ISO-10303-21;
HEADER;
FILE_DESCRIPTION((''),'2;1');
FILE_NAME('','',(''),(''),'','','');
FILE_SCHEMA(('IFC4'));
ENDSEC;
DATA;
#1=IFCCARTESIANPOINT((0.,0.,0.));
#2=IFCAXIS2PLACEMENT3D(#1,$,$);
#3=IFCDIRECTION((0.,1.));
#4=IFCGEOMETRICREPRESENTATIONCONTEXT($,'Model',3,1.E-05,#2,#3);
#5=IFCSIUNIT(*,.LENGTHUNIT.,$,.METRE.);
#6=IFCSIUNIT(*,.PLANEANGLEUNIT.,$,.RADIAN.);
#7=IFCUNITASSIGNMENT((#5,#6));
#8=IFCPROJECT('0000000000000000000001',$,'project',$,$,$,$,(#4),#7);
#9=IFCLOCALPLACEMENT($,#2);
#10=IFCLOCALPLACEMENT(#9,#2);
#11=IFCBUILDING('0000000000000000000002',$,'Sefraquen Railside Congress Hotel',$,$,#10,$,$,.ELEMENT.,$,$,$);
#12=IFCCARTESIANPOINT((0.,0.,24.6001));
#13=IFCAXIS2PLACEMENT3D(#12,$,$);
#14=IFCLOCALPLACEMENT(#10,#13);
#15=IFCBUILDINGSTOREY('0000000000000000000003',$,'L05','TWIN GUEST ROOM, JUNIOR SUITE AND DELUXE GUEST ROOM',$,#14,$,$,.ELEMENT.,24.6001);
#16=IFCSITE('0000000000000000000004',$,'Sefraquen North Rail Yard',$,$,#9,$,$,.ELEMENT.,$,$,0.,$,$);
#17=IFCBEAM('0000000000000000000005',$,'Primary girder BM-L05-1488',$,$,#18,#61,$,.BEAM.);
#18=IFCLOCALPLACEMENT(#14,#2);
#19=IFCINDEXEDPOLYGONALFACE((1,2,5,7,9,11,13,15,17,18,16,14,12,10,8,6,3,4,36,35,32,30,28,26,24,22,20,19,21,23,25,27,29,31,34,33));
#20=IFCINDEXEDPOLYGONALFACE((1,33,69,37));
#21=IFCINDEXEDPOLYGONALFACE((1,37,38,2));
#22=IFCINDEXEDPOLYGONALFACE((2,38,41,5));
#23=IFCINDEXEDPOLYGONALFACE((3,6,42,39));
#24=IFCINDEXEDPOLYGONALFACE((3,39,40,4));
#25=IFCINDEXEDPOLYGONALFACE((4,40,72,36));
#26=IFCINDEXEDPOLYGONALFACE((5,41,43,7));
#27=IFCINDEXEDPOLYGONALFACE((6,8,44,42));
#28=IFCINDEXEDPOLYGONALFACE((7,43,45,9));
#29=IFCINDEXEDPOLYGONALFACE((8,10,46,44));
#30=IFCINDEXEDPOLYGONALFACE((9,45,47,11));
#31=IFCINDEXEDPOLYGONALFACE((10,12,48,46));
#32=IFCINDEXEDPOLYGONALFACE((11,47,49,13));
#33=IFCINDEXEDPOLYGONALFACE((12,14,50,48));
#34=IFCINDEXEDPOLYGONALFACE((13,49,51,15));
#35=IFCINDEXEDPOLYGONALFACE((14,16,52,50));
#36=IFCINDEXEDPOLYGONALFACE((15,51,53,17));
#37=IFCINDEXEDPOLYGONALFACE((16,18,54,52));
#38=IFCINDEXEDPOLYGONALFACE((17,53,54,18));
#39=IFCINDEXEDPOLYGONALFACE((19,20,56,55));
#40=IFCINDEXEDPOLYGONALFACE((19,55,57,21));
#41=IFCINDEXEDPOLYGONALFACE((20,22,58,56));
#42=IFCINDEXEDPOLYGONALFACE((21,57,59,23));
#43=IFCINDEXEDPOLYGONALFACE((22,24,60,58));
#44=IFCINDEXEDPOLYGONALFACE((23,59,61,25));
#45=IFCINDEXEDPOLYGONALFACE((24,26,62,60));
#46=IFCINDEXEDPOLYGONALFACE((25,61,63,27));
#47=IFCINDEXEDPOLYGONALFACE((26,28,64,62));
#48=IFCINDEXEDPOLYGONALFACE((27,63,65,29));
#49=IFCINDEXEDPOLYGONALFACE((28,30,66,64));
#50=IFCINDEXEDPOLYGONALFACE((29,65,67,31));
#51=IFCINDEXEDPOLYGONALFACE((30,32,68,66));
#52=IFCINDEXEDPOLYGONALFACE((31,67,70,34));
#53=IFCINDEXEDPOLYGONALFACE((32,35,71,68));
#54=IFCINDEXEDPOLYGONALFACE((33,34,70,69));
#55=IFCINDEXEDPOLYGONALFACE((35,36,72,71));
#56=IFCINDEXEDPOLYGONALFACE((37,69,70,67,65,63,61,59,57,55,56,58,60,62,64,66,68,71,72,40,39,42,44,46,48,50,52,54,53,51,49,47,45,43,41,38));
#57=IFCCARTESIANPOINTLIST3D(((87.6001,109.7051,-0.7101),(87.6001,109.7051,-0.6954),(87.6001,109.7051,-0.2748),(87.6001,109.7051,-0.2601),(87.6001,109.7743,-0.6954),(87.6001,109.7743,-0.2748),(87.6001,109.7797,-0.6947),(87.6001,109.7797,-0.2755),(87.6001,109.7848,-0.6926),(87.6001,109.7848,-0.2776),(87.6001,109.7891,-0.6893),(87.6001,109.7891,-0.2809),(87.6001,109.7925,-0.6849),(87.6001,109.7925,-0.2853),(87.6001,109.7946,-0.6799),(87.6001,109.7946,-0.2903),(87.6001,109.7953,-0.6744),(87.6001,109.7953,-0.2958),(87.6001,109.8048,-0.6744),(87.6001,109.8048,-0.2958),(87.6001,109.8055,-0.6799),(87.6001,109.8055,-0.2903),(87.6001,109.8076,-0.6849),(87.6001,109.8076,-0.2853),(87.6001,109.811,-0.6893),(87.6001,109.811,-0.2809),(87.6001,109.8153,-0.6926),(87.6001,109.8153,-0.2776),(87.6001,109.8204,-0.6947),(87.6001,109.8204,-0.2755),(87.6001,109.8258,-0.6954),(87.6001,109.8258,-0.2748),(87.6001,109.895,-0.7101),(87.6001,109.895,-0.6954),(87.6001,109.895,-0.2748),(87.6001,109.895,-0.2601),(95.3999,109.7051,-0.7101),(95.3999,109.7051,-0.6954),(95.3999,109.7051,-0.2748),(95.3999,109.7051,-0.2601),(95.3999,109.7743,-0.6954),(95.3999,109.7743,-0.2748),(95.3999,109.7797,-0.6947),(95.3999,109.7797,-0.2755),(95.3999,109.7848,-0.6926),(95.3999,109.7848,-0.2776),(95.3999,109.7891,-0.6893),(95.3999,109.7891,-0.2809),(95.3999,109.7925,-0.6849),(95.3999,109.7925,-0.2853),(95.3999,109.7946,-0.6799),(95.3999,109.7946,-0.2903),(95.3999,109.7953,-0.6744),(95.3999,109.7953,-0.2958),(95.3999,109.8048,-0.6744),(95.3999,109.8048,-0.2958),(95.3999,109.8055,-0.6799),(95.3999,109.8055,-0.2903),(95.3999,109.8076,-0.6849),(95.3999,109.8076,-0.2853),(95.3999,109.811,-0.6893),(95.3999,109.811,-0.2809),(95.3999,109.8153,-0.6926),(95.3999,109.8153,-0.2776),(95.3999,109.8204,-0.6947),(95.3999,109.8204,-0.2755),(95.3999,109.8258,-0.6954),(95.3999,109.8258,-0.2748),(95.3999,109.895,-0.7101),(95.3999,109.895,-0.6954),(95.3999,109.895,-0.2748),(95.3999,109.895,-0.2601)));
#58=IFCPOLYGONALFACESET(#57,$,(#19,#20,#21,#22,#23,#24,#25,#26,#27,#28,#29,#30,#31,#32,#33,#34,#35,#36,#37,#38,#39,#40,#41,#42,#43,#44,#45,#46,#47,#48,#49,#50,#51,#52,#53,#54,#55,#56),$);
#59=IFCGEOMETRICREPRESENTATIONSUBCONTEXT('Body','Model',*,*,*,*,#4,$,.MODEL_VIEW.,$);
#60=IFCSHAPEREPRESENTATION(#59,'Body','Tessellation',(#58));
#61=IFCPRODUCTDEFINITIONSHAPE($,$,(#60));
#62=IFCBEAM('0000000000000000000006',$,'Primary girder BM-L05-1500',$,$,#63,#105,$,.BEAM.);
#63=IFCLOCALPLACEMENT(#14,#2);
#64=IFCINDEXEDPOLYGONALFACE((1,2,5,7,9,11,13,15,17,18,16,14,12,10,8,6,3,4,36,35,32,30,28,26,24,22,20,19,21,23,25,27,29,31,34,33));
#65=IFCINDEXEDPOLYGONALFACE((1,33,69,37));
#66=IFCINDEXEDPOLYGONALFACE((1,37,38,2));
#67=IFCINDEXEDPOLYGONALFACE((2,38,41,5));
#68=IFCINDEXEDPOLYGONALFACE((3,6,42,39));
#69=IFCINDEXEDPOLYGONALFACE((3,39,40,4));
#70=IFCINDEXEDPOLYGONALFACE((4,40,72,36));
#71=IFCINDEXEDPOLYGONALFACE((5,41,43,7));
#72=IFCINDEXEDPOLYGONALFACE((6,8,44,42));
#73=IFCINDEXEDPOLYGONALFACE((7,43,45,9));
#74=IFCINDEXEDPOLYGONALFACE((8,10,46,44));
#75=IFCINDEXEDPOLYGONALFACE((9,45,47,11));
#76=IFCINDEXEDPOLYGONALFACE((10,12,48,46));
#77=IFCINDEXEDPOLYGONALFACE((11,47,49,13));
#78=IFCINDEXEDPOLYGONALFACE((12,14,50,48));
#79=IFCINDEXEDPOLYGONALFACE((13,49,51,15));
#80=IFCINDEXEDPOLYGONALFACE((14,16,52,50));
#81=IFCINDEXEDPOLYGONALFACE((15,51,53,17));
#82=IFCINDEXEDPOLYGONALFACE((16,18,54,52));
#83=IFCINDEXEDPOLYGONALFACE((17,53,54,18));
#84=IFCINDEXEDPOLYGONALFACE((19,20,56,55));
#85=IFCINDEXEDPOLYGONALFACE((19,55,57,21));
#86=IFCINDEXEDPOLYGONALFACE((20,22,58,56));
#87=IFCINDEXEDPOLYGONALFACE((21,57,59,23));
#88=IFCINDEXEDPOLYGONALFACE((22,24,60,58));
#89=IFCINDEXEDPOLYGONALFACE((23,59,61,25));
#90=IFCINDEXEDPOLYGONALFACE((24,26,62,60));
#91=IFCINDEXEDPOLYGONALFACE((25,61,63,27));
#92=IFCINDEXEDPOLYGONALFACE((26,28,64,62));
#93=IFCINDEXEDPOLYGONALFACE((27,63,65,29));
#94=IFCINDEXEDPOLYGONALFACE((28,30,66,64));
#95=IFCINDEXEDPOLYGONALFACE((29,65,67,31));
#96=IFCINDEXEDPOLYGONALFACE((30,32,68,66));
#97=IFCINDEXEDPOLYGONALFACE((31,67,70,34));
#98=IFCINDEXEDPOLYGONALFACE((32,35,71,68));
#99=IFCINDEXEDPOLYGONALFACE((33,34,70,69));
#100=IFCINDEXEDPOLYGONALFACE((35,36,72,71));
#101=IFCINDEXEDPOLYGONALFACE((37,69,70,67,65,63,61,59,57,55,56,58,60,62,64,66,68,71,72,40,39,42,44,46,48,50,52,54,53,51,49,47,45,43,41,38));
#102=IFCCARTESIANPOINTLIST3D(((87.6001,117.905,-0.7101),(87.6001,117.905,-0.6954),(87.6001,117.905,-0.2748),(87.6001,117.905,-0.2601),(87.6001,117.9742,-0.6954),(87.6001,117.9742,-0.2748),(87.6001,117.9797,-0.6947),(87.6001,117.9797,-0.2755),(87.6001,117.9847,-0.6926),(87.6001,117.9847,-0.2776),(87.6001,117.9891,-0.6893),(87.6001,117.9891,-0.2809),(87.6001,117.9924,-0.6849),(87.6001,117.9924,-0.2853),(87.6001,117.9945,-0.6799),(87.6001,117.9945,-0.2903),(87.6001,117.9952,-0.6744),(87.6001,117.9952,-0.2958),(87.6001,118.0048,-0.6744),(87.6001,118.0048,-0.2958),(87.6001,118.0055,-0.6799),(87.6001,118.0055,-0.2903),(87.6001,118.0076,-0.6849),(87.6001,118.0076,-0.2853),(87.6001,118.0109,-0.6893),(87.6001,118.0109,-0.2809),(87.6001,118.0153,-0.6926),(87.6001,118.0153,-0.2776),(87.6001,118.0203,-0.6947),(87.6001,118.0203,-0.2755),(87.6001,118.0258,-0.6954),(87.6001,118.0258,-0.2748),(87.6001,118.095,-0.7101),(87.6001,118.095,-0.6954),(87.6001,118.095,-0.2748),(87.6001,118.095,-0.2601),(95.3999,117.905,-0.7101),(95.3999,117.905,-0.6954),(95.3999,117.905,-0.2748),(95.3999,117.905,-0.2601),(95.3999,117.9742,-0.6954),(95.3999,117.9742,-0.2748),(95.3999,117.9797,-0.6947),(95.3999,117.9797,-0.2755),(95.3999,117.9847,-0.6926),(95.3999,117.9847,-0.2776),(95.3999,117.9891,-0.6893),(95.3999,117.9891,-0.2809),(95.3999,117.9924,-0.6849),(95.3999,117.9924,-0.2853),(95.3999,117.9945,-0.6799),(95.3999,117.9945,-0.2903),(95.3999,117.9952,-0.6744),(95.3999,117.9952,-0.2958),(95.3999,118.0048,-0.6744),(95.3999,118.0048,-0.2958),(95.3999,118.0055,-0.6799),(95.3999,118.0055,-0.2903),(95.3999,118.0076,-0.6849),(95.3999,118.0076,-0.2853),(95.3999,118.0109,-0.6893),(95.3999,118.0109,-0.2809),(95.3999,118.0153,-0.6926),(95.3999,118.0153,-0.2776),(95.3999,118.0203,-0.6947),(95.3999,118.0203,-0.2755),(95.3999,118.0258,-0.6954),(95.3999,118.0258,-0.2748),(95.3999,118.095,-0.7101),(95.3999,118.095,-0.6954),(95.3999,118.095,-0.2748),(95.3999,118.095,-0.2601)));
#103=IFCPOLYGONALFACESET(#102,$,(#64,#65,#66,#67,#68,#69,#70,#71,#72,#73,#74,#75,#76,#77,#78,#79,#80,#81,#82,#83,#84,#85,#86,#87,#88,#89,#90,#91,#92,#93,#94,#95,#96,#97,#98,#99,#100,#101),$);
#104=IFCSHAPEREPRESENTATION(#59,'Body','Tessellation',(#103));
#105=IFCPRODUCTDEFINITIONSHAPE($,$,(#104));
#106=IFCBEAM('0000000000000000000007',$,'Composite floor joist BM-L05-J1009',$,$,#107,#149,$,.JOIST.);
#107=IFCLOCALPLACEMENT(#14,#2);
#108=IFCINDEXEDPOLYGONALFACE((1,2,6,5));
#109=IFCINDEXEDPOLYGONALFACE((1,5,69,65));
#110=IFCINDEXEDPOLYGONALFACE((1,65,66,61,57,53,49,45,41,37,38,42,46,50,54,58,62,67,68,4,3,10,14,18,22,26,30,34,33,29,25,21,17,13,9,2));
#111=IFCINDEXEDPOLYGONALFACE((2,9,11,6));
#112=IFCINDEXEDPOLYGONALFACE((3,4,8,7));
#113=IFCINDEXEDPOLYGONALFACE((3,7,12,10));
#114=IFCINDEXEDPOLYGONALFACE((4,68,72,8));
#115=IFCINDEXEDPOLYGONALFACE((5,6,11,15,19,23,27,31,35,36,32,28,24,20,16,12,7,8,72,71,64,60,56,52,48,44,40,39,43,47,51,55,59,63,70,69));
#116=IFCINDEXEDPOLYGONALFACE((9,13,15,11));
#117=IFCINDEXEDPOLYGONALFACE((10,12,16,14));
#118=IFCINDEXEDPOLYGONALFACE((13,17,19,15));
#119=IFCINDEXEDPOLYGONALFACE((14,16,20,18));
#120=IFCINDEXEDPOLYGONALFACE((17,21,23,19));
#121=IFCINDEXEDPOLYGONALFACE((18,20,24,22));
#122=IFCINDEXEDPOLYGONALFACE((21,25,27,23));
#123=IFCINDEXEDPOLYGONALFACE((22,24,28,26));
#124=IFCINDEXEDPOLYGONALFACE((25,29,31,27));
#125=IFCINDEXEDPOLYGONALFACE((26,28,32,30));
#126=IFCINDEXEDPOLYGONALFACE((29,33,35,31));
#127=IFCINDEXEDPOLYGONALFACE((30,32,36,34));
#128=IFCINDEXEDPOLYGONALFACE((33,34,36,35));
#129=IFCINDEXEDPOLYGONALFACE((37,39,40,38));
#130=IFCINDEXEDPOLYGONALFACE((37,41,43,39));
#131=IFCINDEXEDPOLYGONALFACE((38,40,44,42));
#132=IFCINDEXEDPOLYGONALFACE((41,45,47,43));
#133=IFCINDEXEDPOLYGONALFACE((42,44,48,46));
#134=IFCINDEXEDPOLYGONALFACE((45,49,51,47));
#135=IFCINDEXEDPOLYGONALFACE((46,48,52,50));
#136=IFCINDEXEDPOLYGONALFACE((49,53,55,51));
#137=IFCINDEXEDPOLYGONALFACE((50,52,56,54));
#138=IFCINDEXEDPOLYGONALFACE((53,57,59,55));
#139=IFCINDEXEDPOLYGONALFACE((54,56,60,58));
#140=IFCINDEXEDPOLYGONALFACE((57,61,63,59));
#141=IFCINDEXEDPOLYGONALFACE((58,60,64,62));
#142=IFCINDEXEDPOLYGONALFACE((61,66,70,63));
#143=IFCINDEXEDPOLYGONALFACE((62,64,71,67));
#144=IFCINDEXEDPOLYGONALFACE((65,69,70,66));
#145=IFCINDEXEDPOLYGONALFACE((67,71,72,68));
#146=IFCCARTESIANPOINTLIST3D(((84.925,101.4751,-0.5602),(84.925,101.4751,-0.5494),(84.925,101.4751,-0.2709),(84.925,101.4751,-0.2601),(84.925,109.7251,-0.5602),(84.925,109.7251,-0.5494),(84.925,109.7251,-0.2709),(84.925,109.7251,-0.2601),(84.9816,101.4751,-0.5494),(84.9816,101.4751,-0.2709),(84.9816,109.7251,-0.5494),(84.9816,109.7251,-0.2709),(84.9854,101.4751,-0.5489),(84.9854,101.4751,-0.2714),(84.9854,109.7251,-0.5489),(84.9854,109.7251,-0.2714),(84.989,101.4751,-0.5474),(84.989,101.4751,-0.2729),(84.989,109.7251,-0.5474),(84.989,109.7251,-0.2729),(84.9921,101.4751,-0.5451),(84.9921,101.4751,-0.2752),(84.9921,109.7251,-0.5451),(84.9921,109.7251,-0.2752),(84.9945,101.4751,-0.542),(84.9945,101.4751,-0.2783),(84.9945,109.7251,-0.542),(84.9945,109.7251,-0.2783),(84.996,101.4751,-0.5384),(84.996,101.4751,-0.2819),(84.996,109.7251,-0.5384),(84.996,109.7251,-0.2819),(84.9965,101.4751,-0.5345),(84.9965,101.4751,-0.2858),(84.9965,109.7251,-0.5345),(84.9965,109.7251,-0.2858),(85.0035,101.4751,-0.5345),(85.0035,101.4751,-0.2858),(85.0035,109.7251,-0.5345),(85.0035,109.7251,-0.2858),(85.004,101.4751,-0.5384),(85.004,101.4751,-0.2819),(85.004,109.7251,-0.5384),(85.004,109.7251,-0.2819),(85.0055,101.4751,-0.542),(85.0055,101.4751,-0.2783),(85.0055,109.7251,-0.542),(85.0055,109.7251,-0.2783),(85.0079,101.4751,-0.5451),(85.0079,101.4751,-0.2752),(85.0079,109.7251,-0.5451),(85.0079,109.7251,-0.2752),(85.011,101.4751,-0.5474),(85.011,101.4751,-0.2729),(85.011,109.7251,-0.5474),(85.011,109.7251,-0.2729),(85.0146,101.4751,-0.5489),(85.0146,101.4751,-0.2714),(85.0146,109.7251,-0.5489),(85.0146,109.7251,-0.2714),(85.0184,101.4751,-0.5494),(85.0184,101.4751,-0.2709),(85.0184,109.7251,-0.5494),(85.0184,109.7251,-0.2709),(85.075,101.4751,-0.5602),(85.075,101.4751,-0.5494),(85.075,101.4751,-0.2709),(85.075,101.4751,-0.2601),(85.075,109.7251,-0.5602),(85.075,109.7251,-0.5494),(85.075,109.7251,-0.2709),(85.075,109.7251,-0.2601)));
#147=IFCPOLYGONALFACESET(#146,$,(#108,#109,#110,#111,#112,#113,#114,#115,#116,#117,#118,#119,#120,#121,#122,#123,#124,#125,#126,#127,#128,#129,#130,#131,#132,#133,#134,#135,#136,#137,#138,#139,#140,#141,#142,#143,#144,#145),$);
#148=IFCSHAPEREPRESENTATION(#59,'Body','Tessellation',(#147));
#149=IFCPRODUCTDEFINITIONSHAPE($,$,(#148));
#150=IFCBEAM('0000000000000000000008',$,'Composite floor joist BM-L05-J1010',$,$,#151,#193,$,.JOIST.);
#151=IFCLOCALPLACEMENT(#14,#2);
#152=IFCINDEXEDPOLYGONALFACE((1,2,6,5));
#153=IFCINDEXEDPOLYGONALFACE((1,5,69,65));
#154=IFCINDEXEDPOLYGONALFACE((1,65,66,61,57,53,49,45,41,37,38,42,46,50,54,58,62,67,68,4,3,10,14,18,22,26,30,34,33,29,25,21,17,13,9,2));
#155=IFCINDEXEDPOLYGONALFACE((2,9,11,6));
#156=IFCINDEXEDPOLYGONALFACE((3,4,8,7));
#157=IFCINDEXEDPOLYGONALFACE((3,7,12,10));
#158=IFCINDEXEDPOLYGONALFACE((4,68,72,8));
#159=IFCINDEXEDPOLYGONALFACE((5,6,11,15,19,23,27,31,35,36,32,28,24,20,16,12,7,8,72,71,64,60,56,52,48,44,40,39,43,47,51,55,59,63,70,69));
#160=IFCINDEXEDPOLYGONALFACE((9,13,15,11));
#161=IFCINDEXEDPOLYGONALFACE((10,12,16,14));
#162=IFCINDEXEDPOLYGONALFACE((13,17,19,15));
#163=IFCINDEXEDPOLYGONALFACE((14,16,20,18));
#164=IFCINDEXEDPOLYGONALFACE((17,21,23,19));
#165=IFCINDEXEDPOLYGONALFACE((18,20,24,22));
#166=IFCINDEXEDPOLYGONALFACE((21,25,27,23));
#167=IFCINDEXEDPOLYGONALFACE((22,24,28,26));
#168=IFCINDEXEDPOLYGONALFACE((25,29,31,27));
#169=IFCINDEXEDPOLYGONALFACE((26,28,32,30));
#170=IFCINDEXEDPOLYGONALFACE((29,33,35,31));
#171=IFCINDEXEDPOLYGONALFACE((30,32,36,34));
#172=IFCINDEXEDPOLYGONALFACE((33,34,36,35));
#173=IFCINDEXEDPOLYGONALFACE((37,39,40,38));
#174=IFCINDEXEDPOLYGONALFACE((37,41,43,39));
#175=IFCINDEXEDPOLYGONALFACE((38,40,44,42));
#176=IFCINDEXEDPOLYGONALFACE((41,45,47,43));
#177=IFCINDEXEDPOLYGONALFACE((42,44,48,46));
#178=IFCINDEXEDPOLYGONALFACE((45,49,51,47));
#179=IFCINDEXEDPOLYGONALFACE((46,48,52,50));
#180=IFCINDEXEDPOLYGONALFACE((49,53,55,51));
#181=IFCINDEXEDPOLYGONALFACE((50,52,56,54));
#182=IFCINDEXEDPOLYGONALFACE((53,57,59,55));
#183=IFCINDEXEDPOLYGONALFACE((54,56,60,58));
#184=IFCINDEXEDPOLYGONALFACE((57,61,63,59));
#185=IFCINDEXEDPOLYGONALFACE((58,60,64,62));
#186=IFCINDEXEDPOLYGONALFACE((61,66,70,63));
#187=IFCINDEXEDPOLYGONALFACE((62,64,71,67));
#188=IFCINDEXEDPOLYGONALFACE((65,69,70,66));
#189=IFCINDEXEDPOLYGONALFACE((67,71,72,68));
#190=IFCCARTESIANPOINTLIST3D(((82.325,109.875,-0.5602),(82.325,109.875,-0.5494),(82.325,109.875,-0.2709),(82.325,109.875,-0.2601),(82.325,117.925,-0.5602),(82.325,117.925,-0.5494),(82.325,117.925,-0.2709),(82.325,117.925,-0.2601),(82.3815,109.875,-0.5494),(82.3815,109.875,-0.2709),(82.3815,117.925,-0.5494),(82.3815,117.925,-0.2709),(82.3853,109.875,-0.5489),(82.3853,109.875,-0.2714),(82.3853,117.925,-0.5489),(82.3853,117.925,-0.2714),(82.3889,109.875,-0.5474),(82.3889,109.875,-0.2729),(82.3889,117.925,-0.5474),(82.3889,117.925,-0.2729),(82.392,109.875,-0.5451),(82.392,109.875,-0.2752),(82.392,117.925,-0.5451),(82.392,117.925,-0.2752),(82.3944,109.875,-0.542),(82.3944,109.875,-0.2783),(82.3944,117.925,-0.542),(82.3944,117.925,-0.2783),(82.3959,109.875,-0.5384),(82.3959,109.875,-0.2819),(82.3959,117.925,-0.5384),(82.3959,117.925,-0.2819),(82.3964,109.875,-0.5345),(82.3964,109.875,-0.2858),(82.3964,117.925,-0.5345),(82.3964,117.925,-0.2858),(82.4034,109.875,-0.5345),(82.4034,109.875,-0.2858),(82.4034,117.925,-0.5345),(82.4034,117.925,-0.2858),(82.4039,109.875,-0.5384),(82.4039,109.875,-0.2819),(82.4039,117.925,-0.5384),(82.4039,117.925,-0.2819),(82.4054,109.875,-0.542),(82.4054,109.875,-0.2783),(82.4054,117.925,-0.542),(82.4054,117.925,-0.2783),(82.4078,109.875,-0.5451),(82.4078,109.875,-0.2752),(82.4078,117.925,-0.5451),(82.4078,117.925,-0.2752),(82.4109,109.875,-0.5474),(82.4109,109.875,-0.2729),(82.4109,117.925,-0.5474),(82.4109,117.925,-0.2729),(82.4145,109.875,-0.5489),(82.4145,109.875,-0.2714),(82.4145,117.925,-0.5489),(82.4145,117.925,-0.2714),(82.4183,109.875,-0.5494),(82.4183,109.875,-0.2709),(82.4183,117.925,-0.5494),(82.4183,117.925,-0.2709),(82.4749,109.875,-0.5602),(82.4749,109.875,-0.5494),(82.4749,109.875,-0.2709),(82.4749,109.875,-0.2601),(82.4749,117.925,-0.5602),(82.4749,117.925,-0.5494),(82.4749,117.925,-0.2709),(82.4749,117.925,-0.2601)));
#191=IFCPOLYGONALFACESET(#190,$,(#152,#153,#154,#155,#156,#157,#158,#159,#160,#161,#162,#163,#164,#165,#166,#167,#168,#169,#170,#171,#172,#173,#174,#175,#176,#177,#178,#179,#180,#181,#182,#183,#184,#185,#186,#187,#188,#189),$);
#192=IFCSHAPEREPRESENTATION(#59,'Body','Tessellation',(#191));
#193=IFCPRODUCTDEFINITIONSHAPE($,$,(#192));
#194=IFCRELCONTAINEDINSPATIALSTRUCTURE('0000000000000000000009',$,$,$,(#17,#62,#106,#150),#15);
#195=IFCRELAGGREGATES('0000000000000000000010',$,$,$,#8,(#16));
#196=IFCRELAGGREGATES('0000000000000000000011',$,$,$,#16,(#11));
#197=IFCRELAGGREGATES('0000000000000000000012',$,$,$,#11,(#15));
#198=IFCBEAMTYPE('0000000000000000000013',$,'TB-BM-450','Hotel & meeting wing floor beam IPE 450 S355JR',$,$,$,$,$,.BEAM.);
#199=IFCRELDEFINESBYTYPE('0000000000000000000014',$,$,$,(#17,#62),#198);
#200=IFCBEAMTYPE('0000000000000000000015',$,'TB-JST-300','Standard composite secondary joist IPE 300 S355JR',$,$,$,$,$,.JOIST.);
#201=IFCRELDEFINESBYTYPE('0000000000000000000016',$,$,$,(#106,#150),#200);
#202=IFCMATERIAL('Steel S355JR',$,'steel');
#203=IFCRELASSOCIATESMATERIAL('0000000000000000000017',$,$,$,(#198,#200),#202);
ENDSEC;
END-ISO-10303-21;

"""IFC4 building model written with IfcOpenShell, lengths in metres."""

from ifc_helpers import new_model, si_unit, direction, frame, origin, origin_2d, place, context, subcontext, project, spatial, i_section, extrude, material, material_profile, profile_set, type_object, element, save


model = new_model("IFC4")

# Units and contexts
model_context = context("Model", 3, precision=1e-05, world=origin(), true_north=direction((0.0, 1.0)))
body_context = subcontext(model_context, "Body", "Model", "MODEL_VIEW")
ifc_project = project(units=[si_unit("LENGTHUNIT", "METRE"), si_unit("PLANEANGLEUNIT", "RADIAN")], contexts=[model_context])

# Site, building, storey
site_placement = place(None, origin())
site = spatial("IfcSite", under=ifc_project, at=site_placement, Name="Sefraquen North Rail Yard", CompositionType="ELEMENT", RefElevation=0.0)
building_placement = place(site_placement, origin())
building = spatial("IfcBuilding", under=site, at=building_placement, Name="Sefraquen Railside Congress Hotel", CompositionType="ELEMENT")
storey_placement = place(building_placement, frame((0.0, 0.0, 24.6001)))
storey = spatial("IfcBuildingStorey", under=building, at=storey_placement, Name="L05", Description="TWIN GUEST ROOM, JUNIOR SUITE AND DELUXE GUEST ROOM", CompositionType="ELEMENT", Elevation=24.6001)

# Shared definitions
ifc_material_1 = material(Name="Steel S355JR", Category="steel")

# Beams
ifc_material_profile_1 = material_profile(ifc_material_1, i_section(OverallWidth=0.1899, OverallDepth=0.45, WebThickness=0.0095, FlangeThickness=0.0146, FilletRadius=0.021, at=origin_2d()), Name="IPE 450")
ifc_profile_set_1 = profile_set([ifc_material_profile_1], Name="Steel S355JR")
beam_type_1 = type_object("IfcBeamType", Name="TB-BM-450", Description="Hotel & meeting wing floor beam IPE 450 S355JR", PredefinedType="BEAM", material=ifc_profile_set_1)
for number, where, z_axis, x_axis, name in (
    (1, (87.6001, 109.8, -0.4851), (1.0, 0.0, 0.0), (0.0, 1.0, 0.0), "Primary girder BM-L05-1488"),
    (2, (87.6001, 118.0, -0.4851), (1.0, 0.0, 0.0), (0.0, 1.0, 0.0), "Primary girder BM-L05-1500"),
):
    element("IfcBeam", number, at=place(storey_placement, frame(where, z_axis=z_axis, x_axis=x_axis)), inside=storey, type_object=beam_type_1, Name=name, PredefinedType="BEAM", context=body_context, shape_type="SweptSolid", body=[
        extrude(i_section(OverallWidth=0.1899, OverallDepth=0.45, WebThickness=0.0095, FlangeThickness=0.0146, FilletRadius=0.021, at=origin_2d()), origin(), (0.0, 0.0, 1.0), 7.7998),
    ])
ifc_material_profile_2 = material_profile(ifc_material_1, i_section(OverallWidth=0.1499, OverallDepth=0.3, WebThickness=0.0071, FlangeThickness=0.0107, FilletRadius=0.0149, at=origin_2d()), Name="IPE 300")
ifc_profile_set_2 = profile_set([ifc_material_profile_2], Name="Steel S355JR")
beam_type_2 = type_object("IfcBeamType", Name="TB-JST-300", Description="Standard composite secondary joist IPE 300 S355JR", PredefinedType="JOIST", material=ifc_profile_set_2)
beam_1_placement = place(storey_placement, frame((85.0, 101.4751, -0.4102), z_axis=(0.0, 1.0, 0.0), x_axis=(-1.0, 0.0, 0.0)))
element("IfcBeam", 3, at=beam_1_placement, inside=storey, type_object=beam_type_2, Name="Composite floor joist BM-L05-J1009", PredefinedType="JOIST", context=body_context, shape_type="SweptSolid", body=[
    extrude(i_section(OverallWidth=0.1499, OverallDepth=0.3, WebThickness=0.0071, FlangeThickness=0.0107, FilletRadius=0.0149, at=origin_2d()), origin(), (0.0, 0.0, 1.0), 8.25),
])
for number, where, z_axis, x_axis, name in (
    (4, (82.3999, 109.875, -0.4102), (0.0, 1.0, 0.0), (-1.0, 0.0, 0.0), "Composite floor joist BM-L05-J1010"),
):
    element("IfcBeam", number, at=place(storey_placement, frame(where, z_axis=z_axis, x_axis=x_axis)), inside=storey, type_object=beam_type_2, Name=name, PredefinedType="JOIST", context=body_context, shape_type="SweptSolid", body=[
        extrude(i_section(OverallWidth=0.1499, OverallDepth=0.3, WebThickness=0.0071, FlangeThickness=0.0107, FilletRadius=0.0149, at=origin_2d()), origin(), (0.0, 0.0, 1.0), 8.05),
    ])

save(model, "model.ifc")
